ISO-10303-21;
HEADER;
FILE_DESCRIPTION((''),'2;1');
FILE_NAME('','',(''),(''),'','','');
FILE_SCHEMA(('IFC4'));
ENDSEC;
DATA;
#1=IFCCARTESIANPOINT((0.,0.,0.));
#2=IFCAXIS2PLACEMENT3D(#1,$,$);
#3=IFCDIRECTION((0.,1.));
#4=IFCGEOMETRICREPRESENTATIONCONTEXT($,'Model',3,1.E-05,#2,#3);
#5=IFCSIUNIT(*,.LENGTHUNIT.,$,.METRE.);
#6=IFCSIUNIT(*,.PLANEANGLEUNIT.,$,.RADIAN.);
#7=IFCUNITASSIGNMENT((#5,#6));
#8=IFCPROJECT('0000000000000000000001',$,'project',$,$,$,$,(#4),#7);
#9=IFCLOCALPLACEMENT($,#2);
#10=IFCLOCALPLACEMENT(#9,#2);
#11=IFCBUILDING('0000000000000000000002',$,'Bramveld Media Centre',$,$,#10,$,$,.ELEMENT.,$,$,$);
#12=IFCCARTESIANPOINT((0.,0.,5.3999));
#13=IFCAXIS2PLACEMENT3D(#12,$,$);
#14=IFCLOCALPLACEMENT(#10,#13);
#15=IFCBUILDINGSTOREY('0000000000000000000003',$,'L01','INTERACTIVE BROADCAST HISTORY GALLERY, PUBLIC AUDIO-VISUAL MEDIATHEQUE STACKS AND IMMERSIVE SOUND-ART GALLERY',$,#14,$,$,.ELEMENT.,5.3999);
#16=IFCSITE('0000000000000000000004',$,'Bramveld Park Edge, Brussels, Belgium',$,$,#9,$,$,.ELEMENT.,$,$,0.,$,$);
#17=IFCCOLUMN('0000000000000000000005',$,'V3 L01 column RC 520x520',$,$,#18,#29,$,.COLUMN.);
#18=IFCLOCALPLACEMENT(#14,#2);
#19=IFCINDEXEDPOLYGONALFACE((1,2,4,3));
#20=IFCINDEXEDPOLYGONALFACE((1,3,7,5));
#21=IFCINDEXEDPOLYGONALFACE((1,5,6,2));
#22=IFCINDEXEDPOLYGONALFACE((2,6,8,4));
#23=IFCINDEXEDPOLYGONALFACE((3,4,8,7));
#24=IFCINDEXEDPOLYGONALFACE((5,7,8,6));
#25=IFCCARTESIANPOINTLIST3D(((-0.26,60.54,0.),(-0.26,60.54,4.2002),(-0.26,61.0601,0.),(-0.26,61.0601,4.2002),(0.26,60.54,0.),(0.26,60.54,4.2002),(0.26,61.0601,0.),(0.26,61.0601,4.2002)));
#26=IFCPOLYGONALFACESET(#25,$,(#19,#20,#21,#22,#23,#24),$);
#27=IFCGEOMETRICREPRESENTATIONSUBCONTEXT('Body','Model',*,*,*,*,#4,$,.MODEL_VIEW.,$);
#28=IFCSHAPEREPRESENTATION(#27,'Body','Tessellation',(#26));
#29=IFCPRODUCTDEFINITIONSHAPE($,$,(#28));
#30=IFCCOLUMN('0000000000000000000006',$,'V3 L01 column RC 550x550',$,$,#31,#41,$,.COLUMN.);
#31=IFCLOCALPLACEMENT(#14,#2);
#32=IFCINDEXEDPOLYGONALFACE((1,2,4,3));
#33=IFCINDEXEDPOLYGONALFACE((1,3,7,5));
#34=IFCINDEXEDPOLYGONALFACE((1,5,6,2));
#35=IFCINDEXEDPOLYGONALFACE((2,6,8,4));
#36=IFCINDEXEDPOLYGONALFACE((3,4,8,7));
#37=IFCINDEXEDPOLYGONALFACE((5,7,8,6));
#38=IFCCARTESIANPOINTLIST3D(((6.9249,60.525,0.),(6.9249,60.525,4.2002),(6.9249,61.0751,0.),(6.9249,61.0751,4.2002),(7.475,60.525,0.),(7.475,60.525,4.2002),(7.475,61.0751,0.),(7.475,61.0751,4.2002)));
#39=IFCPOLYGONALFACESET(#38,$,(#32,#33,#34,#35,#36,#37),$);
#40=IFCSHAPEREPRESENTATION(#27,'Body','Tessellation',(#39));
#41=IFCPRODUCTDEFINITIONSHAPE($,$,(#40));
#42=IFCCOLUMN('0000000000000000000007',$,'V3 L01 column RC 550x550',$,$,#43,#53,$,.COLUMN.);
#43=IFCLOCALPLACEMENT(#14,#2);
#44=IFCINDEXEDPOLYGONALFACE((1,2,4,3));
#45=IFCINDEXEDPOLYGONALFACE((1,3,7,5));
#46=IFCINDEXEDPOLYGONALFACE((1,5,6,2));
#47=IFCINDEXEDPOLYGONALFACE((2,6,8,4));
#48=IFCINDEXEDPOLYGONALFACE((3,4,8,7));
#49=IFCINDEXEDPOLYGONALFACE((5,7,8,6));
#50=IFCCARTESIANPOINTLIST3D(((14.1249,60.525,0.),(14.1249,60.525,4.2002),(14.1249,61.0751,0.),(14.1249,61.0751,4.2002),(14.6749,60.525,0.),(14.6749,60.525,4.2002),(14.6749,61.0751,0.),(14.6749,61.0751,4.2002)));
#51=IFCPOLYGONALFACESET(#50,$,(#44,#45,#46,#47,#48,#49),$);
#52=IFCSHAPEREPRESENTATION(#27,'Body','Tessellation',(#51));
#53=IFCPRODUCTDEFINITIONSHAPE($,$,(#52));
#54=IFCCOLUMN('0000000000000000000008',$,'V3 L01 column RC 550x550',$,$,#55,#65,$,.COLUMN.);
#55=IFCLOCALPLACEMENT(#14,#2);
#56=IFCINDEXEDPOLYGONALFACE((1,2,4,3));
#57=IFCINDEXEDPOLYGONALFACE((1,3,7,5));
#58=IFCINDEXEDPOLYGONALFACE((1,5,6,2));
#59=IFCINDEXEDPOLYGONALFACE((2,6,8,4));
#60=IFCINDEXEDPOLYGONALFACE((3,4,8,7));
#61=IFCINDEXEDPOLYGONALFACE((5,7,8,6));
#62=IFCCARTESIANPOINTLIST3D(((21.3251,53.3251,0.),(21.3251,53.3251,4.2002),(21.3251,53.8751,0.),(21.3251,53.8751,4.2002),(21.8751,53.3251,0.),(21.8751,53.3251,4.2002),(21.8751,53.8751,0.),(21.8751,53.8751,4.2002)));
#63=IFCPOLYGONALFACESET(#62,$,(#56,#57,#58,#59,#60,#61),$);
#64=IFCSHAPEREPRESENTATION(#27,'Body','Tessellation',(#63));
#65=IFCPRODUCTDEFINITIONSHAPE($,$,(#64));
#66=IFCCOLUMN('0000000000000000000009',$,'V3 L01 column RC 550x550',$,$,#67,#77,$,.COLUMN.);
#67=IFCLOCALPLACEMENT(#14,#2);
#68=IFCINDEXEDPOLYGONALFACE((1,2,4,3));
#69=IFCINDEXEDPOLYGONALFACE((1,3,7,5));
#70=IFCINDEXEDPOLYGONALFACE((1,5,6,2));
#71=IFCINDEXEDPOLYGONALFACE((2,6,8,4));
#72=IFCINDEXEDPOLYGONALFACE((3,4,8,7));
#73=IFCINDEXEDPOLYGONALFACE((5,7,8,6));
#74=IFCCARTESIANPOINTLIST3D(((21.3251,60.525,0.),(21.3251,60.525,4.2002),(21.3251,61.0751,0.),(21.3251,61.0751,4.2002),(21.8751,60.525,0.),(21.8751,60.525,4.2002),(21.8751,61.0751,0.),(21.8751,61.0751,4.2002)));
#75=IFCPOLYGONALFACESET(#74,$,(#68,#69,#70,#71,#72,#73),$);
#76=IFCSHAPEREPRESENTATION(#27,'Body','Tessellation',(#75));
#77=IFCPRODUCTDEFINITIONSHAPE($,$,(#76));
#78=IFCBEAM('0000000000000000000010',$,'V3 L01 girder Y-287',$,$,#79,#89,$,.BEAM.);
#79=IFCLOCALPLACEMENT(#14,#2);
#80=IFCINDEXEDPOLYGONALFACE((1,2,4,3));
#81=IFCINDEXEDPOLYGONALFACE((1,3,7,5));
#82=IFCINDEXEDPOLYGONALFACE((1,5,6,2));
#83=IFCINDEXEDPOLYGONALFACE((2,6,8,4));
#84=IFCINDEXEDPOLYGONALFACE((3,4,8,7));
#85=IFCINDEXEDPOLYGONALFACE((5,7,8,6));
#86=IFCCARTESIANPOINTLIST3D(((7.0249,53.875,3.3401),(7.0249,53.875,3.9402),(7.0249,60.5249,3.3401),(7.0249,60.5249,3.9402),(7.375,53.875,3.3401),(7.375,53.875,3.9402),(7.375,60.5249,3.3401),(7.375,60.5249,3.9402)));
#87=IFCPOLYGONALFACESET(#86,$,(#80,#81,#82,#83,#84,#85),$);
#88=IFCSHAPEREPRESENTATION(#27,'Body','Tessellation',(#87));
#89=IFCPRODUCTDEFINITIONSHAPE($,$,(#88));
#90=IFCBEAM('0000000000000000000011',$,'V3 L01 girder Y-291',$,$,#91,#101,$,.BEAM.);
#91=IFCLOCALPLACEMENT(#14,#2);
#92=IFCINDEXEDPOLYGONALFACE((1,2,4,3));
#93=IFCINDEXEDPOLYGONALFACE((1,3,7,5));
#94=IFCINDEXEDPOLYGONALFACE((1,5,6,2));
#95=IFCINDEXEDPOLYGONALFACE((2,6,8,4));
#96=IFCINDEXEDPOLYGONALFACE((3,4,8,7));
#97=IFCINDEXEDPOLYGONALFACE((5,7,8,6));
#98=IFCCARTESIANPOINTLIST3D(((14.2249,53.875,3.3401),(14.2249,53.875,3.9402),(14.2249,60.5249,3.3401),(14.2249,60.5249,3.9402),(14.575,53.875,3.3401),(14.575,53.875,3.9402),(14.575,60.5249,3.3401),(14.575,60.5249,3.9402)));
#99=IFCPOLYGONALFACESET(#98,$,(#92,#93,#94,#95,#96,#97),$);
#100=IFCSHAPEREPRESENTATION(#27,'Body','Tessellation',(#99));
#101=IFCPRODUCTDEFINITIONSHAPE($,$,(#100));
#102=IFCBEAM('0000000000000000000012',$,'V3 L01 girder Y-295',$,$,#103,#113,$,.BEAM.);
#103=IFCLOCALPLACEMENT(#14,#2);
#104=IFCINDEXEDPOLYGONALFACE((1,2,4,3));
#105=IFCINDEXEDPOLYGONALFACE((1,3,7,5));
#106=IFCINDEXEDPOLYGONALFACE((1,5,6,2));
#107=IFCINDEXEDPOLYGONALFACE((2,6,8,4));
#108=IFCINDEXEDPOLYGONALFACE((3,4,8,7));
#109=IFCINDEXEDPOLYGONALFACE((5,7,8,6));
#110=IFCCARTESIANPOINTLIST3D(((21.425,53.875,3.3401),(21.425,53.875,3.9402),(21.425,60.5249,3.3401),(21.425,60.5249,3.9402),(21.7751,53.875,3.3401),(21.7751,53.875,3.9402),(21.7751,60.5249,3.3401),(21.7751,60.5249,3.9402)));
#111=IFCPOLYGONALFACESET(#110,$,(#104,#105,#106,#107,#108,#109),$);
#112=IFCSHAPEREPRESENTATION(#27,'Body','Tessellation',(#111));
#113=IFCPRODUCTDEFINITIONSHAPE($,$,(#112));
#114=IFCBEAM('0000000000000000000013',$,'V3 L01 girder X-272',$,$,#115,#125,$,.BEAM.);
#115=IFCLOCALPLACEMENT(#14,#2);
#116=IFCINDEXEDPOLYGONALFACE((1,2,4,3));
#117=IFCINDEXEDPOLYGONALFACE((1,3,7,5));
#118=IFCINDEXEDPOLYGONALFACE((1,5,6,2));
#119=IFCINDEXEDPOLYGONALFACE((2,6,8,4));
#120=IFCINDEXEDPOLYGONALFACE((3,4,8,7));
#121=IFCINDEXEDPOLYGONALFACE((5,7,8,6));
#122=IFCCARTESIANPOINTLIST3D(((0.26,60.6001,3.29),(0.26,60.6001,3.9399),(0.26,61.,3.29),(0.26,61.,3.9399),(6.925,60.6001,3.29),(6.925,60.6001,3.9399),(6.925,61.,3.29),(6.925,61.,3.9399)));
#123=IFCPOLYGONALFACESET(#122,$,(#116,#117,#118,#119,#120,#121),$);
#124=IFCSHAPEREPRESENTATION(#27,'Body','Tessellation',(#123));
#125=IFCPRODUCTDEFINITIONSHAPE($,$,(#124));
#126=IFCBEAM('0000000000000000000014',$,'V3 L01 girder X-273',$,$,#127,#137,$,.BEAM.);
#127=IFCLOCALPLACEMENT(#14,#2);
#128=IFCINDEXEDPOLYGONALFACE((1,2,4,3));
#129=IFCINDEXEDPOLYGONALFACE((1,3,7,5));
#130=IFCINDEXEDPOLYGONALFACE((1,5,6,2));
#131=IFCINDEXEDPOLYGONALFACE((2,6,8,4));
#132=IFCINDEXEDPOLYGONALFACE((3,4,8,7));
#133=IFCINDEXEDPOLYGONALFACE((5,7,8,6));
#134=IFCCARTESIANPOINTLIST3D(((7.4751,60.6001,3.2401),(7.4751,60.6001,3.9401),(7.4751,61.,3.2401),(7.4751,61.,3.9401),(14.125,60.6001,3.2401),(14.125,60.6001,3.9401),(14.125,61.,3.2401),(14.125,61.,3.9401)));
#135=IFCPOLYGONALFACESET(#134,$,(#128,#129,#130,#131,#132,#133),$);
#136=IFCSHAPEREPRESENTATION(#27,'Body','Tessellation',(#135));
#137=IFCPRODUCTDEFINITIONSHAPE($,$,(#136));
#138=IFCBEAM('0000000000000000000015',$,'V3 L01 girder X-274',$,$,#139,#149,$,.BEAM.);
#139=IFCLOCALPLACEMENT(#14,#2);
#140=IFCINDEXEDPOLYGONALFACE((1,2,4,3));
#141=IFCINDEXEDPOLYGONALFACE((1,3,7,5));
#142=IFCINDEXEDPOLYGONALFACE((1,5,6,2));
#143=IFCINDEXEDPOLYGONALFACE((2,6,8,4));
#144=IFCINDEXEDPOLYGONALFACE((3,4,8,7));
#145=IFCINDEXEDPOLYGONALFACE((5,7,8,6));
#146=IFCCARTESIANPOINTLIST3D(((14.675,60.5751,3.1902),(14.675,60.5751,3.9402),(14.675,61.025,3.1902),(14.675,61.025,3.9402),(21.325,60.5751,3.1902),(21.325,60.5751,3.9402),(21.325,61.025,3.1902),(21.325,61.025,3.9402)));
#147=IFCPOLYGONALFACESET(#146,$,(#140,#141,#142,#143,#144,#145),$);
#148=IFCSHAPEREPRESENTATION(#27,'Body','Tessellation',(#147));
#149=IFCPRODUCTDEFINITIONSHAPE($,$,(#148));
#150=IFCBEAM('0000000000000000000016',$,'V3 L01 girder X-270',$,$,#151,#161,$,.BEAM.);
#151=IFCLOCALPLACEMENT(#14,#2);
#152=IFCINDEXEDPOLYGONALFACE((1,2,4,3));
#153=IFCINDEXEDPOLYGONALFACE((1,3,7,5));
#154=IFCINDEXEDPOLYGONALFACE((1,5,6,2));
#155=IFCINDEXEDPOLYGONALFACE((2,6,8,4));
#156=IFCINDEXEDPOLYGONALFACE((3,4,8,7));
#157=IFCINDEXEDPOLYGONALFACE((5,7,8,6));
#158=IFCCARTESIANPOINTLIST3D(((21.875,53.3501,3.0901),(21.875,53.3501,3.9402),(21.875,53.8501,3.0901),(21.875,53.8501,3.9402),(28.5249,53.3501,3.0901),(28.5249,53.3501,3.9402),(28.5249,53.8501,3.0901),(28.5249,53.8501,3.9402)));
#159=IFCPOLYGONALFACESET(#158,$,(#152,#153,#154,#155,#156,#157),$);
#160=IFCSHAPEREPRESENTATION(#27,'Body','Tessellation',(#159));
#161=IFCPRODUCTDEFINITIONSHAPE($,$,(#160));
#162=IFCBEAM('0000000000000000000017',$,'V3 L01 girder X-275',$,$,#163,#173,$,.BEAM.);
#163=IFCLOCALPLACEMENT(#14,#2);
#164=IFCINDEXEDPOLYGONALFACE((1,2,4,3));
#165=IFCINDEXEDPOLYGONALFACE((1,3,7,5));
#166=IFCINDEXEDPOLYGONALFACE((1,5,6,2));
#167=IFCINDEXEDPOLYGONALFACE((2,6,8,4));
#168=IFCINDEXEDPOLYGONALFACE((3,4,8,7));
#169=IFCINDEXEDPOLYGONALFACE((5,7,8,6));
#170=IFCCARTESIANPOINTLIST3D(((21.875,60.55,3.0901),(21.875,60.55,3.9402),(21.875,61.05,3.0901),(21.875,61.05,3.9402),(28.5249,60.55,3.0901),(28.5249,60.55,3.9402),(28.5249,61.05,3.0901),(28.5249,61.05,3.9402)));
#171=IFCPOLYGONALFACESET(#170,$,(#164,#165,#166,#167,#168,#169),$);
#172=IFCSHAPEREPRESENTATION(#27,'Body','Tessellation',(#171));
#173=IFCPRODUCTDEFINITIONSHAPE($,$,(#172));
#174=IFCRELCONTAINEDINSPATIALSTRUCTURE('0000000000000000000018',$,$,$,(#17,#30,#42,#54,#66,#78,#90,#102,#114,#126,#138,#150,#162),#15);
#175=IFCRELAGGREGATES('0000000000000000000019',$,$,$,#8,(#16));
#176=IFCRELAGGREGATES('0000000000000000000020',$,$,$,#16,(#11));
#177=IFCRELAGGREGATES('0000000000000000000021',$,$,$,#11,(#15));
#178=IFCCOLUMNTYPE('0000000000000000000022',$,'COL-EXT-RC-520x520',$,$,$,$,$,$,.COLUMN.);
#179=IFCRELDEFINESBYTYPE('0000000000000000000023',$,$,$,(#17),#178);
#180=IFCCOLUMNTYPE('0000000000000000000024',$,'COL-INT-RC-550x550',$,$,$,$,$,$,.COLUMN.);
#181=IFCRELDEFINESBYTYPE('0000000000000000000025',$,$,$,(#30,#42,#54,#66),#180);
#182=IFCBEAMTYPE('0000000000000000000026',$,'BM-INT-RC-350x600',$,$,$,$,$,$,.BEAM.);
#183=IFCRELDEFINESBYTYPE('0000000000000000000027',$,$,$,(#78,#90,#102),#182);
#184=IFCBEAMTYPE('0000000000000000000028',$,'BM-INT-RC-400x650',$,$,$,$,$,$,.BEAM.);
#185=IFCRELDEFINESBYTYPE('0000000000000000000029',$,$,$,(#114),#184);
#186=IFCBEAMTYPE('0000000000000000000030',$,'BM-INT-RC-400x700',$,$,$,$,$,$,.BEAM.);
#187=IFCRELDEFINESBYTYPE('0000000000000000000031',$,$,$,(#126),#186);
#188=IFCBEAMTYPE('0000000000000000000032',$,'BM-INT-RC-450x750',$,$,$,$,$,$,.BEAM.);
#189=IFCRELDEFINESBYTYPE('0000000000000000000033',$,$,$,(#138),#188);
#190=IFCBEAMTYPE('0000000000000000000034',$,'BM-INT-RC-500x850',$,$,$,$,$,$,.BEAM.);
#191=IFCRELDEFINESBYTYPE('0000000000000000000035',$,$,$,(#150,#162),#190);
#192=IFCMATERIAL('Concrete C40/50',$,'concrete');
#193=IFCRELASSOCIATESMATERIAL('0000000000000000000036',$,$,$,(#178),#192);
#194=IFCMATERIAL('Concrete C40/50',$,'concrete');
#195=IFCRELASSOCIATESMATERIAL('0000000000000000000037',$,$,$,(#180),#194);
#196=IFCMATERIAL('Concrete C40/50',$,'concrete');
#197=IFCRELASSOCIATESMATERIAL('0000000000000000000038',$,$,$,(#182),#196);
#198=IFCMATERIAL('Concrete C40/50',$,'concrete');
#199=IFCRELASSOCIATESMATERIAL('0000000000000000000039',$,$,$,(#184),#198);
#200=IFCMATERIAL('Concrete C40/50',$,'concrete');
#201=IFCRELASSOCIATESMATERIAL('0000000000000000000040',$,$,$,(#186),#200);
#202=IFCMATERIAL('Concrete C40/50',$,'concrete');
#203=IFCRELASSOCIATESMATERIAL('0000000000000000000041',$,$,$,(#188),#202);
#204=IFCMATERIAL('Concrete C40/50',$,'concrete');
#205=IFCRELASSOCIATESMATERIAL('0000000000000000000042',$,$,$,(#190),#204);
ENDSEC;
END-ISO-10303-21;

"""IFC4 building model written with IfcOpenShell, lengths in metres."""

from ifc_helpers import new_model, si_unit, direction, frame, origin, origin_2d, place, context, subcontext, project, spatial, rectangle, extrude, material, material_profile, profile_set, type_object, element, save


model = new_model("IFC4")

# Units and contexts
model_context = context("Model", 3, precision=1e-05, world=origin(), true_north=direction((0.0, 1.0)))
body_context = subcontext(model_context, "Body", "Model", "MODEL_VIEW")
ifc_project = project(units=[si_unit("LENGTHUNIT", "METRE"), si_unit("PLANEANGLEUNIT", "RADIAN")], contexts=[model_context])

# Site, building, storey
site_placement = place(None, origin())
site = spatial("IfcSite", under=ifc_project, at=site_placement, Name="Bramveld Park Edge, Brussels, Belgium", CompositionType="ELEMENT", RefElevation=0.0)
building_placement = place(site_placement, origin())
building = spatial("IfcBuilding", under=site, at=building_placement, Name="Bramveld Media Centre", CompositionType="ELEMENT")
storey_placement = place(building_placement, frame((0.0, 0.0, 5.3999)))
storey = spatial("IfcBuildingStorey", under=building, at=storey_placement, Name="L01", Description="INTERACTIVE BROADCAST HISTORY GALLERY, PUBLIC AUDIO-VISUAL MEDIATHEQUE STACKS AND IMMERSIVE SOUND-ART GALLERY", CompositionType="ELEMENT", Elevation=5.3999)

# Columns
ifc_material_1 = material(Name="Concrete C40/50", Category="concrete")
ifc_material_profile_1 = material_profile(ifc_material_1, rectangle(XDim=0.52, YDim=0.52, at=origin_2d()), Name="RC 520x520")
ifc_profile_set_1 = profile_set([ifc_material_profile_1], Name="Concrete C40/50")
column_type_1 = type_object("IfcColumnType", Name="COL-EXT-RC-520x520", PredefinedType="COLUMN", material=ifc_profile_set_1)
column_placement = place(storey_placement, frame((0.0, 60.8, 0.0), z_axis=(0.0, 0.0, 1.0), x_axis=(1.0, 0.0, 0.0)))
element("IfcColumn", 1, at=column_placement, inside=storey, type_object=column_type_1, Name="V3 L01 column RC 520x520", PredefinedType="COLUMN", context=body_context, shape_type="SweptSolid", body=[
    extrude(rectangle(XDim=0.52, YDim=0.52, at=origin_2d()), origin(), (0.0, 0.0, 1.0), 4.2002),
])
ifc_material_2 = material(Name="Concrete C40/50", Category="concrete")
ifc_material_profile_2 = material_profile(ifc_material_2, rectangle(XDim=0.55, YDim=0.55, at=origin_2d()), Name="RC 550x550")
ifc_profile_set_2 = profile_set([ifc_material_profile_2], Name="Concrete C40/50")
column_type_2 = type_object("IfcColumnType", Name="COL-INT-RC-550x550", PredefinedType="COLUMN", material=ifc_profile_set_2)
for number, where, z_axis, x_axis, name in (
    (2, (7.2, 60.8, 0.0), (0.0, 0.0, 1.0), (1.0, 0.0, 0.0), "V3 L01 column RC 550x550"),
    (3, (14.3999, 60.8, 0.0), (0.0, 0.0, 1.0), (1.0, 0.0, 0.0), "V3 L01 column RC 550x550"),
    (4, (21.6001, 53.6001, 0.0), (0.0, 0.0, 1.0), (1.0, 0.0, 0.0), "V3 L01 column RC 550x550"),
    (5, (21.6001, 60.8, 0.0), (0.0, 0.0, 1.0), (1.0, 0.0, 0.0), "V3 L01 column RC 550x550"),
):
    element("IfcColumn", number, at=place(storey_placement, frame(where, z_axis=z_axis, x_axis=x_axis)), inside=storey, type_object=column_type_2, Name=name, PredefinedType="COLUMN", context=body_context, shape_type="SweptSolid", body=[
        extrude(rectangle(XDim=0.55, YDim=0.55, at=origin_2d()), origin(), (0.0, 0.0, 1.0), 4.2002),
    ])

# Beams
ifc_material_3 = material(Name="Concrete C40/50", Category="concrete")
ifc_material_profile_3 = material_profile(ifc_material_3, rectangle(XDim=0.3501, YDim=0.6001, at=origin_2d()), Name="RC 350x600")
ifc_profile_set_3 = profile_set([ifc_material_profile_3], Name="Concrete C40/50")
beam_type_1 = type_object("IfcBeamType", Name="BM-INT-RC-350x600", PredefinedType="BEAM", material=ifc_profile_set_3)
for number, where, z_axis, x_axis, name in (
    (6, (7.2, 53.875, 3.6401), (0.0, 1.0, 0.0), (-1.0, 0.0, 0.0), "V3 L01 girder Y-287"),
    (7, (14.3999, 53.875, 3.6401), (0.0, 1.0, 0.0), (-1.0, 0.0, 0.0), "V3 L01 girder Y-291"),
    (8, (21.6001, 53.875, 3.6401), (0.0, 1.0, 0.0), (-1.0, 0.0, 0.0), "V3 L01 girder Y-295"),
):
    element("IfcBeam", number, at=place(storey_placement, frame(where, z_axis=z_axis, x_axis=x_axis)), inside=storey, type_object=beam_type_1, Name=name, PredefinedType="BEAM", context=body_context, shape_type="SweptSolid", body=[
        extrude(rectangle(XDim=0.3501, YDim=0.6001, at=origin_2d()), origin(), (0.0, 0.0, 1.0), 6.6499),
    ])
ifc_material_4 = material(Name="Concrete C40/50", Category="concrete")
ifc_material_profile_4 = material_profile(ifc_material_4, rectangle(XDim=0.3999, YDim=0.6499, at=origin_2d()), Name="RC 400x650")
ifc_profile_set_4 = profile_set([ifc_material_profile_4], Name="Concrete C40/50")
beam_type_2 = type_object("IfcBeamType", Name="BM-INT-RC-400x650", PredefinedType="BEAM", material=ifc_profile_set_4)
beam_1_placement = place(storey_placement, frame((0.26, 60.8, 3.615), z_axis=(1.0, 0.0, 0.0), x_axis=(0.0, 1.0, 0.0)))
element("IfcBeam", 9, at=beam_1_placement, inside=storey, type_object=beam_type_2, Name="V3 L01 girder X-272", PredefinedType="BEAM", context=body_context, shape_type="SweptSolid", body=[
    extrude(rectangle(XDim=0.3999, YDim=0.6499, at=origin_2d()), origin(), (0.0, 0.0, 1.0), 6.665),
])
ifc_material_5 = material(Name="Concrete C40/50", Category="concrete")
ifc_material_profile_5 = material_profile(ifc_material_5, rectangle(XDim=0.3999, YDim=0.7, at=origin_2d()), Name="RC 400x700")
ifc_profile_set_5 = profile_set([ifc_material_profile_5], Name="Concrete C40/50")
beam_type_3 = type_object("IfcBeamType", Name="BM-INT-RC-400x700", PredefinedType="BEAM", material=ifc_profile_set_5)
beam_2_placement = place(storey_placement, frame((7.4751, 60.8, 3.5901), z_axis=(1.0, 0.0, 0.0), x_axis=(0.0, 1.0, 0.0)))
element("IfcBeam", 10, at=beam_2_placement, inside=storey, type_object=beam_type_3, Name="V3 L01 girder X-273", PredefinedType="BEAM", context=body_context, shape_type="SweptSolid", body=[
    extrude(rectangle(XDim=0.3999, YDim=0.7, at=origin_2d()), origin(), (0.0, 0.0, 1.0), 6.6499),
])
ifc_material_6 = material(Name="Concrete C40/50", Category="concrete")
ifc_material_profile_6 = material_profile(ifc_material_6, rectangle(XDim=0.45, YDim=0.75, at=origin_2d()), Name="RC 450x750")
ifc_profile_set_6 = profile_set([ifc_material_profile_6], Name="Concrete C40/50")
beam_type_4 = type_object("IfcBeamType", Name="BM-INT-RC-450x750", PredefinedType="BEAM", material=ifc_profile_set_6)
beam_3_placement = place(storey_placement, frame((14.675, 60.8, 3.5652), z_axis=(1.0, 0.0, 0.0), x_axis=(0.0, 1.0, 0.0)))
element("IfcBeam", 11, at=beam_3_placement, inside=storey, type_object=beam_type_4, Name="V3 L01 girder X-274", PredefinedType="BEAM", context=body_context, shape_type="SweptSolid", body=[
    extrude(rectangle(XDim=0.45, YDim=0.75, at=origin_2d()), origin(), (0.0, 0.0, 1.0), 6.6499),
])
ifc_material_7 = material(Name="Concrete C40/50", Category="concrete")
ifc_material_profile_7 = material_profile(ifc_material_7, rectangle(XDim=0.5, YDim=0.8501, at=origin_2d()), Name="RC 500x850")
ifc_profile_set_7 = profile_set([ifc_material_profile_7], Name="Concrete C40/50")
beam_type_5 = type_object("IfcBeamType", Name="BM-INT-RC-500x850", PredefinedType="BEAM", material=ifc_profile_set_7)
for number, where, z_axis, x_axis, name in (
    (12, (21.875, 53.6001, 3.5151), (1.0, 0.0, 0.0), (0.0, 1.0, 0.0), "V3 L01 girder X-270"),
    (13, (21.875, 60.8, 3.5151), (1.0, 0.0, 0.0), (0.0, 1.0, 0.0), "V3 L01 girder X-275"),
):
    element("IfcBeam", number, at=place(storey_placement, frame(where, z_axis=z_axis, x_axis=x_axis)), inside=storey, type_object=beam_type_5, Name=name, PredefinedType="BEAM", context=body_context, shape_type="SweptSolid", body=[
        extrude(rectangle(XDim=0.5, YDim=0.8501, at=origin_2d()), origin(), (0.0, 0.0, 1.0), 6.6499),
    ])

save(model, "model.ifc")
